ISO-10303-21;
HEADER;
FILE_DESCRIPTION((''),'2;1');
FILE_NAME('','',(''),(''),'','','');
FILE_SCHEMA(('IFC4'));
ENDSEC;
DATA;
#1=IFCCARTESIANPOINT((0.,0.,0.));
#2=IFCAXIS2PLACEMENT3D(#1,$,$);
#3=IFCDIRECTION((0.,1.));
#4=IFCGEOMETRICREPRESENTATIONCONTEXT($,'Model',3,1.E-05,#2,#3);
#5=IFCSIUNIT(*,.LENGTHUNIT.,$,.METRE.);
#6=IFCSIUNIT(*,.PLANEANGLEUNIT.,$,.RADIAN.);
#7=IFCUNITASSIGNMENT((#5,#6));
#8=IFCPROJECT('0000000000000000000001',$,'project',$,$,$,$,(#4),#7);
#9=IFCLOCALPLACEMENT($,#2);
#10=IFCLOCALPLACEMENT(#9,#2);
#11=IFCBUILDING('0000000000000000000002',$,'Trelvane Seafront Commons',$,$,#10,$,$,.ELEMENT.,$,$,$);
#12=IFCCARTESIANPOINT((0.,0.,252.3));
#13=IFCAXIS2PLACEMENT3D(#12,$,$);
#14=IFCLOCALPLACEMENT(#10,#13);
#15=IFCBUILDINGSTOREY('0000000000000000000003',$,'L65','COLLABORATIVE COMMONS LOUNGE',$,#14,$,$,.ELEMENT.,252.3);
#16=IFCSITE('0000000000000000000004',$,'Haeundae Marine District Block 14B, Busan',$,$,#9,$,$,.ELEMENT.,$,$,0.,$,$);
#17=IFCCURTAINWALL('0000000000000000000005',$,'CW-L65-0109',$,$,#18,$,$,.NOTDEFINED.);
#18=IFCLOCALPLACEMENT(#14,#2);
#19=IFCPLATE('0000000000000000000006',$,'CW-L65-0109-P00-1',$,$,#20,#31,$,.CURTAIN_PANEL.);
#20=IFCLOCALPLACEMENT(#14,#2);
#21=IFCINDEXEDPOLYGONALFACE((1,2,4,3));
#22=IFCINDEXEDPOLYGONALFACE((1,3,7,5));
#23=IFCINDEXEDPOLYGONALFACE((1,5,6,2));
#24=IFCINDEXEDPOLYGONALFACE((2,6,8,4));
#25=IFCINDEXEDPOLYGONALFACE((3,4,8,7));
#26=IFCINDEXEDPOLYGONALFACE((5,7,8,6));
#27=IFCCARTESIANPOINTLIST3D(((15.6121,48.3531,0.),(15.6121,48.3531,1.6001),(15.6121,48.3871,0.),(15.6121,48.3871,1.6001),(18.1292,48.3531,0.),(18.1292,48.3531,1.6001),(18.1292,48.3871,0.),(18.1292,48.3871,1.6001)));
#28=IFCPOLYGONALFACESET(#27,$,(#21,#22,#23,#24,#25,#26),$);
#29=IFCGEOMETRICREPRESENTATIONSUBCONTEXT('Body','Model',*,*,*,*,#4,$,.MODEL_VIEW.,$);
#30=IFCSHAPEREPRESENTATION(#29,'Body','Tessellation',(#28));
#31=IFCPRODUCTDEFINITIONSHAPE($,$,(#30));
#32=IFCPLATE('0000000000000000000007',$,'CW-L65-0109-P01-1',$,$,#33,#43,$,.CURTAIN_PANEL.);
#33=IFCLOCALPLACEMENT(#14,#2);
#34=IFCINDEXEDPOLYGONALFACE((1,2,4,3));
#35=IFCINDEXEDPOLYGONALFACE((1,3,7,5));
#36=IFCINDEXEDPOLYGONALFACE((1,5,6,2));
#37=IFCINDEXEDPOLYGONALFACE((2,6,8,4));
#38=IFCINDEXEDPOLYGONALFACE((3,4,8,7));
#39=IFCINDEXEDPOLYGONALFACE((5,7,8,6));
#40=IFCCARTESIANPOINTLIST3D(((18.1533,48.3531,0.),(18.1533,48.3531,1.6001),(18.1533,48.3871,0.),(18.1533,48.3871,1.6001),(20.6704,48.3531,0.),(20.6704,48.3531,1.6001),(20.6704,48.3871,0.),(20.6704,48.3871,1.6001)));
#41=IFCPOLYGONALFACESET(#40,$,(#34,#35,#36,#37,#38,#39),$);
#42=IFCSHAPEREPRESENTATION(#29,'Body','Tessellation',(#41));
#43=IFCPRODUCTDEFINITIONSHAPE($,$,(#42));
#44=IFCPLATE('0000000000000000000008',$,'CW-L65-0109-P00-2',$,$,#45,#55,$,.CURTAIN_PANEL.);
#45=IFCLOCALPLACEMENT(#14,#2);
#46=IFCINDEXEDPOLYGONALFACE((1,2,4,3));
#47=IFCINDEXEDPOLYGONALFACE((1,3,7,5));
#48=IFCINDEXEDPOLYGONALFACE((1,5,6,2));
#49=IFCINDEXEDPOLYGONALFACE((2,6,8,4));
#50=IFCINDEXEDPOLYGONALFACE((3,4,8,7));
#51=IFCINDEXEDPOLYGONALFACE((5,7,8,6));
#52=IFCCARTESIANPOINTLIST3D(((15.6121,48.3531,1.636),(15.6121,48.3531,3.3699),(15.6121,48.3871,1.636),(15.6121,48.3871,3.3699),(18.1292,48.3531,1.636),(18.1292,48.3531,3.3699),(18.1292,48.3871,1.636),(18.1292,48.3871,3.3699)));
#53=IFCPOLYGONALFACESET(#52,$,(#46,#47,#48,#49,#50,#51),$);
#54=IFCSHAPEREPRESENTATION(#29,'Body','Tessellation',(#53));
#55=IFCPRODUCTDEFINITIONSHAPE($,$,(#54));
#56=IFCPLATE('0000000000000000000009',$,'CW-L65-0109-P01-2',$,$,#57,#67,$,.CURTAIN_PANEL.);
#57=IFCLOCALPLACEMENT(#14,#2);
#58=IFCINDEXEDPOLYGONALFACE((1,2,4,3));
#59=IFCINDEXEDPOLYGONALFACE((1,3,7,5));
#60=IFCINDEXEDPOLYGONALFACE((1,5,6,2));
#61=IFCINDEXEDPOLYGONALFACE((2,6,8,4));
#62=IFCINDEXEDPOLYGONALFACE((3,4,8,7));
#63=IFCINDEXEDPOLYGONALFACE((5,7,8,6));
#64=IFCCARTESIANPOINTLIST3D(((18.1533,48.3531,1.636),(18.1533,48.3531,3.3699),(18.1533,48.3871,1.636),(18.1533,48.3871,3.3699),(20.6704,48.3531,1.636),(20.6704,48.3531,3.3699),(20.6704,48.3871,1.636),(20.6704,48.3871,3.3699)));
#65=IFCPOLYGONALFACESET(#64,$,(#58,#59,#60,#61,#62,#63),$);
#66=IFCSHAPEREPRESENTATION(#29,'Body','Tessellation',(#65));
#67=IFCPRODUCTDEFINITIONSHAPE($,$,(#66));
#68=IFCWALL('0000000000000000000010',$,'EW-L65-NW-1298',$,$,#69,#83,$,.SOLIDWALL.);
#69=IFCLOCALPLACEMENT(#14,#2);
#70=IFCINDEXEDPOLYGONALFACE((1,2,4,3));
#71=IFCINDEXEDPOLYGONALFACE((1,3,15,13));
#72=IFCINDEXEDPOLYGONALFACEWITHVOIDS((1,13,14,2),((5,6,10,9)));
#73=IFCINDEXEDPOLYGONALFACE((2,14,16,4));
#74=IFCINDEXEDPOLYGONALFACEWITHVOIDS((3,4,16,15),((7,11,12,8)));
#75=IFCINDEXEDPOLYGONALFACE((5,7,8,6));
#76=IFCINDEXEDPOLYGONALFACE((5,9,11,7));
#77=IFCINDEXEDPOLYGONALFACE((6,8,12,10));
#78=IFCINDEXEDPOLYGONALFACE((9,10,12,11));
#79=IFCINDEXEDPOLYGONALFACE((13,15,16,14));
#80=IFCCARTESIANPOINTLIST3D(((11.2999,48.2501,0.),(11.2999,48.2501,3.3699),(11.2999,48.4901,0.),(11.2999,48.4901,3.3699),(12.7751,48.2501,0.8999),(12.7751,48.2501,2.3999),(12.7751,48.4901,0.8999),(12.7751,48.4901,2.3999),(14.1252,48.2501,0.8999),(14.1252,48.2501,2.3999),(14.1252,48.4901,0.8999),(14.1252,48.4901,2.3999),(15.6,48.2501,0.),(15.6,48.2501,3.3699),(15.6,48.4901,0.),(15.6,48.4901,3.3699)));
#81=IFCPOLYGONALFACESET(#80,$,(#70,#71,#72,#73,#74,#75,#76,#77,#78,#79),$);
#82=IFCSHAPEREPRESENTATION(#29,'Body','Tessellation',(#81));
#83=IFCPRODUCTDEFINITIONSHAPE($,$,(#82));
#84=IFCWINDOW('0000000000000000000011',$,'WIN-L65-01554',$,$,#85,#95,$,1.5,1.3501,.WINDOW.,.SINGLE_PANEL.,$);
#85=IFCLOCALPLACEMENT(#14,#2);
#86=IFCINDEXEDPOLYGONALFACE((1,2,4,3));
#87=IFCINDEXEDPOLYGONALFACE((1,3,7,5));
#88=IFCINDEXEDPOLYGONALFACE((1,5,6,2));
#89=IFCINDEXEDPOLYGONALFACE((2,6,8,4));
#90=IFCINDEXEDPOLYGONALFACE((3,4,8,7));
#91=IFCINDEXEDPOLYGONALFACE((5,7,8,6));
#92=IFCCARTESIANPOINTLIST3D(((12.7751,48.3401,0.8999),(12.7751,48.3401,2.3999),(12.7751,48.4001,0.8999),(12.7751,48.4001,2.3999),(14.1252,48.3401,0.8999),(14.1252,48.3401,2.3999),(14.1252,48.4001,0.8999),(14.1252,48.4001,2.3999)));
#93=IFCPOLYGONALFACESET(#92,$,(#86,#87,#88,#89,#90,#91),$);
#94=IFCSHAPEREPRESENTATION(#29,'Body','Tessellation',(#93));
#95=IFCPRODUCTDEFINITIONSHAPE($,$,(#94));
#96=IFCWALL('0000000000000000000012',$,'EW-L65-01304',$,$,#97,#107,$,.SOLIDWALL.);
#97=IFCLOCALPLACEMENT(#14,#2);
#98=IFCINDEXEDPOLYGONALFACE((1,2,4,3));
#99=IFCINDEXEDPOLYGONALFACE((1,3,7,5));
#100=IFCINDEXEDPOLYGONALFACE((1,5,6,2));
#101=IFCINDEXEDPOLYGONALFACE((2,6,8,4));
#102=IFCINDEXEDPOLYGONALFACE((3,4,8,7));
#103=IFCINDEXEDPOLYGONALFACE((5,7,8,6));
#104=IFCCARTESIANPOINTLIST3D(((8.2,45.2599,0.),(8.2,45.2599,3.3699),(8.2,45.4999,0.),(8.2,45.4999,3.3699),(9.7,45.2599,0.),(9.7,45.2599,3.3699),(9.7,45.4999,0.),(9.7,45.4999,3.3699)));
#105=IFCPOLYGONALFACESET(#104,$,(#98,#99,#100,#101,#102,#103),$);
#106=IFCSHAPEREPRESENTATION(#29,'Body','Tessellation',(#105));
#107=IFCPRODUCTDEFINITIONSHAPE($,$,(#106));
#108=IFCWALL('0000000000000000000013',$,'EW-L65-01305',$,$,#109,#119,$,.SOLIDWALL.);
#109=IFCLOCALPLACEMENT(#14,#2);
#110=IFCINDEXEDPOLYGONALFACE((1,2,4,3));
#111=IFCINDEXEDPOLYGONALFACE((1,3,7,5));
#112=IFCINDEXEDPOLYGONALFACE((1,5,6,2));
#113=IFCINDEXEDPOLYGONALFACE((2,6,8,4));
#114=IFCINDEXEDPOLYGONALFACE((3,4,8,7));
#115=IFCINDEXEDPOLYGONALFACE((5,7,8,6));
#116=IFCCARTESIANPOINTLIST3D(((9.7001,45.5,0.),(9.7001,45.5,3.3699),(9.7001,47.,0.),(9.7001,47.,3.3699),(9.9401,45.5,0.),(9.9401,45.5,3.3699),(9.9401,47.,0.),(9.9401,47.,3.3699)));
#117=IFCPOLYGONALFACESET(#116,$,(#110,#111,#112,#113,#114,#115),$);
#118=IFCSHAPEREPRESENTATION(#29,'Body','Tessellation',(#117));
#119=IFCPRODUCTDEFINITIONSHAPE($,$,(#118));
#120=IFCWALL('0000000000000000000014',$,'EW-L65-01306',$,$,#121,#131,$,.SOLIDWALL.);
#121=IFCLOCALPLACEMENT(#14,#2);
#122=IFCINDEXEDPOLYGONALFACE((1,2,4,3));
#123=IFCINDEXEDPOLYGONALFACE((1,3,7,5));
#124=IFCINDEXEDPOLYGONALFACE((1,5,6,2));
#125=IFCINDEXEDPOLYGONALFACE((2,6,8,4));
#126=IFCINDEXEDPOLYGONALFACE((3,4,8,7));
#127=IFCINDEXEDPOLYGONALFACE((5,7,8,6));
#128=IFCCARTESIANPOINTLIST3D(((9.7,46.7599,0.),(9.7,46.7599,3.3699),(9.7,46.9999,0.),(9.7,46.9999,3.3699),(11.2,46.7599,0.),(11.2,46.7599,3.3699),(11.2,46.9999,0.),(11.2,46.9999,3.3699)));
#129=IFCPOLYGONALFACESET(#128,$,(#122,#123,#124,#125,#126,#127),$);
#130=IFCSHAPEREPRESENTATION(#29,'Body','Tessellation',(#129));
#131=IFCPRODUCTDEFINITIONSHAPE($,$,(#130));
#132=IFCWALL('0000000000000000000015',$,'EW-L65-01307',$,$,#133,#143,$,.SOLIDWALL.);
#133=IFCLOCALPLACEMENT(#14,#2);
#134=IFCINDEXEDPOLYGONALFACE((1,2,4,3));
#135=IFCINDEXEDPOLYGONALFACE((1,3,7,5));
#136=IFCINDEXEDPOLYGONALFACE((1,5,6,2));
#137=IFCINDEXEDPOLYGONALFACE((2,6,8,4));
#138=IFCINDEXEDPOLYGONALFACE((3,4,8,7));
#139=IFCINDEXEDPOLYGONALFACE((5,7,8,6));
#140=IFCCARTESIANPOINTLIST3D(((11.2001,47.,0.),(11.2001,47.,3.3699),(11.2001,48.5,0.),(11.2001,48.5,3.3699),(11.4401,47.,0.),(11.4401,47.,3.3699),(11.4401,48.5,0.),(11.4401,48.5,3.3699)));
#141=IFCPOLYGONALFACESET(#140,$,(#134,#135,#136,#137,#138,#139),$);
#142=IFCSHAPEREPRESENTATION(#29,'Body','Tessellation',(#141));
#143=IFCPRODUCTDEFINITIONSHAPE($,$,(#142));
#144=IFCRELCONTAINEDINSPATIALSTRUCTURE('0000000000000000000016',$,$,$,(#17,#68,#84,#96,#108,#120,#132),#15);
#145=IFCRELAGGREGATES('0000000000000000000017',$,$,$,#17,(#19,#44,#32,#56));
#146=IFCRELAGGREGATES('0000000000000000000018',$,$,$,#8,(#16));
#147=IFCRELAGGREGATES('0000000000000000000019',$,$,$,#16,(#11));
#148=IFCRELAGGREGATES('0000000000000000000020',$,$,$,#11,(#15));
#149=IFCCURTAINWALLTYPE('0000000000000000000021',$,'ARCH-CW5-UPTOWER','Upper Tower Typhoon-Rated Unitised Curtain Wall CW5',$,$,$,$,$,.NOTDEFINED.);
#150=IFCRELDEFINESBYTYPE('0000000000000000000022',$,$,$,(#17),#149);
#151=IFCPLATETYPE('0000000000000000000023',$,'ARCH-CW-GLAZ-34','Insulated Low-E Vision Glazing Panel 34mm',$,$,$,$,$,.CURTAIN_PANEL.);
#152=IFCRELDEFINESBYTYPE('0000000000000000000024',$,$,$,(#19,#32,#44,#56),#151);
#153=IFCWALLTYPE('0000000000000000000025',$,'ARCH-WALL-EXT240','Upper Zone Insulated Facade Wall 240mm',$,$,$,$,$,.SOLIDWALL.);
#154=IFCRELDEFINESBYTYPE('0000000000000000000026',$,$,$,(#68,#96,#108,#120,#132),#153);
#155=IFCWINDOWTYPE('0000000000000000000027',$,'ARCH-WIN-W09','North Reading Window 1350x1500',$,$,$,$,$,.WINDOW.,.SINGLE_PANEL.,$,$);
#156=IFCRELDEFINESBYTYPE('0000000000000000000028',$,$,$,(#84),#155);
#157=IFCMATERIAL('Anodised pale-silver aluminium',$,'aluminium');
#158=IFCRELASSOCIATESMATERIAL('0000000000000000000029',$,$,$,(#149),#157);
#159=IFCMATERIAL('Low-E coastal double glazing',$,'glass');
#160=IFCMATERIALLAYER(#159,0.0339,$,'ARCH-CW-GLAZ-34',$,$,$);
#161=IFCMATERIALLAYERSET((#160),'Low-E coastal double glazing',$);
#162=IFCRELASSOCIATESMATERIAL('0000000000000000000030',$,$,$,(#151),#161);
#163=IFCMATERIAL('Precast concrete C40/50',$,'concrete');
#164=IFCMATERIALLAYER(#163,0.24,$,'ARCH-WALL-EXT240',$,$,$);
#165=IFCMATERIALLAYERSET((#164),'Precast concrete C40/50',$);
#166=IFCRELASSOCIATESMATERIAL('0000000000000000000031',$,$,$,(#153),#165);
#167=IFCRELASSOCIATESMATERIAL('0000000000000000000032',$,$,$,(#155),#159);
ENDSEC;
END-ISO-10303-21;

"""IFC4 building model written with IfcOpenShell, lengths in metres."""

from ifc_helpers import new_model, si_unit, direction, frame, frame_2d, origin, origin_2d, place, context, subcontext, project, spatial, rectangle, extrude, source, transform, mapped, material, layer, layer_set, type_object, element, fill, aggregate, save


model = new_model("IFC4")

# Units and contexts
model_context = context("Model", 3, precision=1e-05, world=origin(), true_north=direction((0.0, 1.0)))
body_context = subcontext(model_context, "Body", "Model", "MODEL_VIEW")
ifc_project = project(units=[si_unit("LENGTHUNIT", "METRE"), si_unit("PLANEANGLEUNIT", "RADIAN")], contexts=[model_context])

# Site, building, storey
site_placement = place(None, origin())
site = spatial("IfcSite", under=ifc_project, at=site_placement, Name="Haeundae Marine District Block 14B, Busan", CompositionType="ELEMENT", RefElevation=0.0)
building_placement = place(site_placement, origin())
building = spatial("IfcBuilding", under=site, at=building_placement, Name="Trelvane Seafront Commons", CompositionType="ELEMENT")
storey_placement = place(building_placement, frame((0.0, 0.0, 252.3)))
storey = spatial("IfcBuildingStorey", under=building, at=storey_placement, Name="L65", Description="COLLABORATIVE COMMONS LOUNGE", CompositionType="ELEMENT", Elevation=252.3)

# Curtain wall
ifc_material_1 = material(Name="Anodised pale-silver aluminium", Category="aluminium")
curtain_wall_type = type_object("IfcCurtainWallType", Name="ARCH-CW5-UPTOWER", Description="Upper Tower Typhoon-Rated Unitised Curtain Wall CW5", PredefinedType="NOTDEFINED", material=ifc_material_1)
curtain_wall_placement = place(storey_placement, origin())
curtain_wall = element("IfcCurtainWall", 1, at=curtain_wall_placement, inside=storey, type_object=curtain_wall_type, Name="CW-L65-0109", PredefinedType="NOTDEFINED")

# Plates
ifc_material_2 = material(Name="Low-E coastal double glazing", Category="glass")
ifc_layer_1 = layer(ifc_material_2, 0.0339, Name="ARCH-CW-GLAZ-34")
ifc_layer_set_1 = layer_set([ifc_layer_1], Name="Low-E coastal double glazing")
plate_type_1 = type_object("IfcPlateType", Name="ARCH-CW-GLAZ-34", Description="Insulated Low-E Vision Glazing Panel 34mm", PredefinedType="CURTAIN_PANEL", material=ifc_layer_set_1)
shared_shape_1 = source(origin(), body_context, "Body", "SweptSolid", [
    extrude(rectangle(XDim=2.5171, YDim=0.0339, at=origin_2d()), origin(), (0.0, 0.0, 1.0), 1.6001),
])
plate_1_placement = place(storey_placement, frame((16.8706, 48.3701, 0.0), z_axis=(0.0, 0.0, 1.0), x_axis=(1.0, 0.0, 0.0)))
plate_1 = element("IfcPlate", 2, at=plate_1_placement, type_object=plate_type_1, Name="CW-L65-0109-P00-1", PredefinedType="CURTAIN_PANEL", context=body_context, shape_type="MappedRepresentation", body=[
    mapped(shared_shape_1, transform((0.0, 0.0, 0.0), x_axis=(1.0, 0.0, 0.0), y_axis=(0.0, 1.0, 0.0), z_axis=(0.0, 0.0, 1.0), scale=1.0)),
])
plate_2_placement = place(storey_placement, frame((19.4119, 48.3701, 0.0), z_axis=(0.0, 0.0, 1.0), x_axis=(1.0, 0.0, 0.0)))
plate_2 = element("IfcPlate", 3, at=plate_2_placement, type_object=plate_type_1, Name="CW-L65-0109-P01-1", PredefinedType="CURTAIN_PANEL", context=body_context, shape_type="MappedRepresentation", body=[
    mapped(shared_shape_1, transform((0.0, 0.0, 0.0), x_axis=(1.0, 0.0, 0.0), y_axis=(0.0, 1.0, 0.0), z_axis=(0.0, 0.0, 1.0), scale=1.0)),
])
shared_shape_2 = source(origin(), body_context, "Body", "SweptSolid", [
    extrude(rectangle(XDim=2.5171, YDim=0.0339, at=origin_2d()), origin(), (0.0, 0.0, 1.0), 1.7339),
])
plate_3_placement = place(storey_placement, frame((16.8706, 48.3701, 1.636), z_axis=(0.0, 0.0, 1.0), x_axis=(1.0, 0.0, 0.0)))
plate_3 = element("IfcPlate", 4, at=plate_3_placement, type_object=plate_type_1, Name="CW-L65-0109-P00-2", PredefinedType="CURTAIN_PANEL", context=body_context, shape_type="MappedRepresentation", body=[
    mapped(shared_shape_2, transform((0.0, 0.0, 0.0), x_axis=(1.0, 0.0, 0.0), y_axis=(0.0, 1.0, 0.0), z_axis=(0.0, 0.0, 1.0), scale=1.0)),
])
plate_4_placement = place(storey_placement, frame((19.4119, 48.3701, 1.636), z_axis=(0.0, 0.0, 1.0), x_axis=(1.0, 0.0, 0.0)))
plate_4 = element("IfcPlate", 5, at=plate_4_placement, type_object=plate_type_1, Name="CW-L65-0109-P01-2", PredefinedType="CURTAIN_PANEL", context=body_context, shape_type="MappedRepresentation", body=[
    mapped(shared_shape_2, transform((0.0, 0.0, 0.0), x_axis=(1.0, 0.0, 0.0), y_axis=(0.0, 1.0, 0.0), z_axis=(0.0, 0.0, 1.0), scale=1.0)),
])
aggregate(curtain_wall, [plate_1, plate_3, plate_2, plate_4])

# Wall, opening, window
ifc_material_3 = material(Name="Precast concrete C40/50", Category="concrete")
ifc_layer_2 = layer(ifc_material_3, 0.24, Name="ARCH-WALL-EXT240")
ifc_layer_set_2 = layer_set([ifc_layer_2], Name="Precast concrete C40/50")
wall_type = type_object("IfcWallType", Name="ARCH-WALL-EXT240", Description="Upper Zone Insulated Facade Wall 240mm", PredefinedType="SOLIDWALL", material=ifc_layer_set_2)
wall_placement = place(storey_placement, frame((11.3, 48.3701, 0.0), z_axis=(0.0, 0.0, 1.0), x_axis=(1.0, 0.0, 0.0)))
wall = element("IfcWall", 6, at=wall_placement, inside=storey, type_object=wall_type, Name="EW-L65-NW-1298", PredefinedType="SOLIDWALL", context=body_context, shape_type="SweptSolid", body=[
    extrude(rectangle(XDim=4.3, YDim=0.24, at=frame_2d((2.1499, 0.0))), origin(), (0.0, 0.0, 1.0), 3.3699),
])
opening_placement = place(wall_placement, frame((1.4751, 0.0, 0.8999)))
opening = element("IfcOpeningElement", 7, at=opening_placement, cuts=wall, PredefinedType="OPENING", context=body_context, shape_type="SweptSolid", body=[
    extrude(rectangle(XDim=1.3501, YDim=1.5, at=frame_2d((0.675, 0.75))), frame((0.0, 0.1299, 0.0), z_axis=(0.0, -1.0, 0.0), x_axis=(1.0, 0.0, 0.0)), (0.0, 0.0, 1.0), 0.26),
])
window_type = type_object("IfcWindowType", Name="ARCH-WIN-W09", Description="North Reading Window 1350x1500", PartitioningType="SINGLE_PANEL", PredefinedType="WINDOW", material=ifc_material_2)
shared_shape_3 = source(origin(), body_context, "Body", "SweptSolid", [
    extrude(rectangle(XDim=1.3501, YDim=1.5, at=frame_2d((0.675, 0.75))), frame((0.0, 0.03, 0.0), z_axis=(0.0, -1.0, 0.0), x_axis=(1.0, 0.0, 0.0)), (0.0, 0.0, 1.0), 0.0601),
])
window_placement = place(opening_placement, origin())
window = element("IfcWindow", 8, at=window_placement, inside=storey, type_object=window_type, Name="WIN-L65-01554", OverallHeight=1.5, OverallWidth=1.3501, PartitioningType="SINGLE_PANEL", PredefinedType="WINDOW", context=body_context, shape_type="MappedRepresentation", body=[
    mapped(shared_shape_3, transform((0.0, 0.0, 0.0), x_axis=(1.0, 0.0, 0.0), y_axis=(0.0, 1.0, 0.0), z_axis=(0.0, 0.0, 1.0), scale=1.0)),
])
fill(opening, window)

# Walls
for number, where, z_axis, x_axis, name in (
    (9, (8.2, 45.3799, 0.0), (0.0, 0.0, 1.0), (1.0, 0.0, 0.0), "EW-L65-01304"),
    (10, (9.8201, 45.5, 0.0), (0.0, 0.0, 1.0), (0.0, 1.0, 0.0), "EW-L65-01305"),
    (11, (9.7, 46.8799, 0.0), (0.0, 0.0, 1.0), (1.0, 0.0, 0.0), "EW-L65-01306"),
    (12, (11.3201, 47.0, 0.0), (0.0, 0.0, 1.0), (0.0, 1.0, 0.0), "EW-L65-01307"),
):
    element("IfcWall", number, at=place(storey_placement, frame(where, z_axis=z_axis, x_axis=x_axis)), inside=storey, type_object=wall_type, Name=name, PredefinedType="SOLIDWALL", context=body_context, shape_type="SweptSolid", body=[
        extrude(rectangle(XDim=1.5, YDim=0.24, at=frame_2d((0.75, 0.0))), origin(), (0.0, 0.0, 1.0), 3.3699),
    ])

save(model, "model.ifc")
